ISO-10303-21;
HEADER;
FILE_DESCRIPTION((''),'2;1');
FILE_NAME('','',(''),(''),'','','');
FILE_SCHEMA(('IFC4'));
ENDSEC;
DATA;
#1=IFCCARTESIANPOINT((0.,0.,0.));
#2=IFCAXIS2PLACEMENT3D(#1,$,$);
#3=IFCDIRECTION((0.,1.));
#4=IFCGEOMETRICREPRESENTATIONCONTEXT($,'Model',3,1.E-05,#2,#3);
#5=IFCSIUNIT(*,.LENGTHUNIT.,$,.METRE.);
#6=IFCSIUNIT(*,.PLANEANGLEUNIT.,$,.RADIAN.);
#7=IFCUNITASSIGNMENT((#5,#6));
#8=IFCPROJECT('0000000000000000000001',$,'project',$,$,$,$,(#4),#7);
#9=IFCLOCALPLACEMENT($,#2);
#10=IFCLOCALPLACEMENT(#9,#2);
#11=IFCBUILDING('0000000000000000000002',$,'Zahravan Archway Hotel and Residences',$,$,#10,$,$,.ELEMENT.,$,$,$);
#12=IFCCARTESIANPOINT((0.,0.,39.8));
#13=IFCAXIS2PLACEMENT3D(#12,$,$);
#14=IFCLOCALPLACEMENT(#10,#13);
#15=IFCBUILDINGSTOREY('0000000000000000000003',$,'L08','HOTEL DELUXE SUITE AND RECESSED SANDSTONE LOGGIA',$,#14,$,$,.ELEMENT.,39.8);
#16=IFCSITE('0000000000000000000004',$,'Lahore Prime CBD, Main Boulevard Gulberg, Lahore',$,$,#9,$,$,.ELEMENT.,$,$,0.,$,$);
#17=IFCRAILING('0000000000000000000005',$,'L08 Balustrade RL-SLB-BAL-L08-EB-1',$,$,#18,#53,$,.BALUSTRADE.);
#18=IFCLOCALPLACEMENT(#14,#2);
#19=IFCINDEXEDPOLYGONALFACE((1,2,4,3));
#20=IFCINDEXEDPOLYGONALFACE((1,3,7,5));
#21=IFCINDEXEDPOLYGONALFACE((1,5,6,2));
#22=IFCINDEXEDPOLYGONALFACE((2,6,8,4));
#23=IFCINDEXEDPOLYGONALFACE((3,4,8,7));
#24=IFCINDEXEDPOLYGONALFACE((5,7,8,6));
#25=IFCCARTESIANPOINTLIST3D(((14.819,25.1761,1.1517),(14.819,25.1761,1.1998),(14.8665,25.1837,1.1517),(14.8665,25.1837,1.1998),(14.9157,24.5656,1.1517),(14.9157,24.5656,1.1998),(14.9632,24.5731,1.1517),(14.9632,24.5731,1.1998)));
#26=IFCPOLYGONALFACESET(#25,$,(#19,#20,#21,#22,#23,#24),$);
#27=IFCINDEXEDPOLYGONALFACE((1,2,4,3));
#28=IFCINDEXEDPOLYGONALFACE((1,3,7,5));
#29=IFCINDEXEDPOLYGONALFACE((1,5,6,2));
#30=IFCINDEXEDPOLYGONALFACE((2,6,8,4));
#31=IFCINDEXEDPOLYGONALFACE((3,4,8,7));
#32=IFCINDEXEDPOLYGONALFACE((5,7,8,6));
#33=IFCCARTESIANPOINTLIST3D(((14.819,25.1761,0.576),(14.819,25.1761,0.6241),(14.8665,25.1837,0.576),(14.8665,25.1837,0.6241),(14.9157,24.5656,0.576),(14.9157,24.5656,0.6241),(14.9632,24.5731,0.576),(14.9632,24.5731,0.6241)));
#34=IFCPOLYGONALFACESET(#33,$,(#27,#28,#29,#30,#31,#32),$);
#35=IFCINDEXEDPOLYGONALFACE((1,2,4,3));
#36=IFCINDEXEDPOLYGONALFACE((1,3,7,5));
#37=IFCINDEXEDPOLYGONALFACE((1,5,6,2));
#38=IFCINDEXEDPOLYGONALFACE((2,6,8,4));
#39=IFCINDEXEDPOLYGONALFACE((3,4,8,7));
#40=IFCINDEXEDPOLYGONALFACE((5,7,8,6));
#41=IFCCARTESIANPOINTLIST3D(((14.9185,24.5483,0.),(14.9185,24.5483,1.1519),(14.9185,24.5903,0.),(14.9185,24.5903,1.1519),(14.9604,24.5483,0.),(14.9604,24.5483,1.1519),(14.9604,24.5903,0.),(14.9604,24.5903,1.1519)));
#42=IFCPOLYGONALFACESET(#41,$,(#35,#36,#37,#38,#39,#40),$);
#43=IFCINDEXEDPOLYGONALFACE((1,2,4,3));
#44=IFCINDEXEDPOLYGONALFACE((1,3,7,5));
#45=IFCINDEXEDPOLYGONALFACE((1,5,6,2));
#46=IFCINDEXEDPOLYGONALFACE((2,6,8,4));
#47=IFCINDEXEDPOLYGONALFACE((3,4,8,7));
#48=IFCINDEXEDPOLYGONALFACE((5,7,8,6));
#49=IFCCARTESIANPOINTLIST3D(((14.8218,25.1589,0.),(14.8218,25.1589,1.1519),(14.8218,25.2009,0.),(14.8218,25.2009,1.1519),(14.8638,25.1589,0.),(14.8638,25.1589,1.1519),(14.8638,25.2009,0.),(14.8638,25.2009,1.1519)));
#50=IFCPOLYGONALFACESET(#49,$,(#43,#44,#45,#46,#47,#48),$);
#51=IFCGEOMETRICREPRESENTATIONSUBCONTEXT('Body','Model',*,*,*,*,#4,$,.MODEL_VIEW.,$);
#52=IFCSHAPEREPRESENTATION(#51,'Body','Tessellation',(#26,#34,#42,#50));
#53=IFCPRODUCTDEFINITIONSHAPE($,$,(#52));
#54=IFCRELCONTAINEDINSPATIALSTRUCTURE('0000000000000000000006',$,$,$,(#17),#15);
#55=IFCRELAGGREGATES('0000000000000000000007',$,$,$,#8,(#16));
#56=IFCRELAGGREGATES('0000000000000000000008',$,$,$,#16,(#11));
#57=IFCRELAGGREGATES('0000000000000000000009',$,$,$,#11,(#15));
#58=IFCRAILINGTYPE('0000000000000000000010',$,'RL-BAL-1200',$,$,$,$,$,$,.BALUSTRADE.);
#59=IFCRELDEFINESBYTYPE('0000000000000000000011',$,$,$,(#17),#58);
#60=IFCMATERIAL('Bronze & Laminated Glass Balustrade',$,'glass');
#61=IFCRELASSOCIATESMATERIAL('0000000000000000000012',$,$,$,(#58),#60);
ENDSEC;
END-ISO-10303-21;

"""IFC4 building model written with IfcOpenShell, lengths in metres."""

from ifc_helpers import new_model, si_unit, direction, frame, origin, origin_2d, place, context, subcontext, project, spatial, rectangle, extrude, material, type_object, element, save


model = new_model("IFC4")

# Units and contexts
model_context = context("Model", 3, precision=1e-05, world=origin(), true_north=direction((0.0, 1.0)))
body_context = subcontext(model_context, "Body", "Model", "MODEL_VIEW")
ifc_project = project(units=[si_unit("LENGTHUNIT", "METRE"), si_unit("PLANEANGLEUNIT", "RADIAN")], contexts=[model_context])

# Site, building, storey
site_placement = place(None, origin())
site = spatial("IfcSite", under=ifc_project, at=site_placement, Name="Lahore Prime CBD, Main Boulevard Gulberg, Lahore", CompositionType="ELEMENT", RefElevation=0.0)
building_placement = place(site_placement, origin())
building = spatial("IfcBuilding", under=site, at=building_placement, Name="Zahravan Archway Hotel and Residences", CompositionType="ELEMENT")
storey_placement = place(building_placement, frame((0.0, 0.0, 39.8)))
storey = spatial("IfcBuildingStorey", under=building, at=storey_placement, Name="L08", Description="HOTEL DELUXE SUITE AND RECESSED SANDSTONE LOGGIA", CompositionType="ELEMENT", Elevation=39.8)

# Railing
ifc_material_1 = material(Name="Bronze & Laminated Glass Balustrade", Category="glass")
railing_type = type_object("IfcRailingType", Name="RL-BAL-1200", PredefinedType="BALUSTRADE", material=ifc_material_1)
railing_placement = place(storey_placement, frame((14.9395, 24.5693, 0.0)))
element("IfcRailing", 1, at=railing_placement, inside=storey, type_object=railing_type, Name="L08 Balustrade RL-SLB-BAL-L08-EB-1", PredefinedType="BALUSTRADE", context=body_context, shape_type="SweptSolid", body=[
    extrude(rectangle(XDim=0.0481, YDim=0.0481, at=origin_2d()), frame((0.0, 0.0, 1.1758), z_axis=(-0.156388, 0.987696, 0.0), x_axis=(-0.987696, -0.156388, 0.0)), (0.0, 0.0, 1.0), 0.6182),
    extrude(rectangle(XDim=0.0481, YDim=0.0481, at=origin_2d()), frame((0.0, 0.0, 0.6001), z_axis=(-0.156388, 0.987696, 0.0), x_axis=(-0.987696, -0.156388, 0.0)), (0.0, 0.0, 1.0), 0.6182),
    extrude(rectangle(XDim=0.042, YDim=0.042, at=origin_2d()), origin(), (0.0, 0.0, 1.0), 1.1519),
    extrude(rectangle(XDim=0.042, YDim=0.042, at=origin_2d()), frame((-0.0967, 0.6106, 0.0)), (0.0, 0.0, 1.0), 1.1519),
])

save(model, "model.ifc")
